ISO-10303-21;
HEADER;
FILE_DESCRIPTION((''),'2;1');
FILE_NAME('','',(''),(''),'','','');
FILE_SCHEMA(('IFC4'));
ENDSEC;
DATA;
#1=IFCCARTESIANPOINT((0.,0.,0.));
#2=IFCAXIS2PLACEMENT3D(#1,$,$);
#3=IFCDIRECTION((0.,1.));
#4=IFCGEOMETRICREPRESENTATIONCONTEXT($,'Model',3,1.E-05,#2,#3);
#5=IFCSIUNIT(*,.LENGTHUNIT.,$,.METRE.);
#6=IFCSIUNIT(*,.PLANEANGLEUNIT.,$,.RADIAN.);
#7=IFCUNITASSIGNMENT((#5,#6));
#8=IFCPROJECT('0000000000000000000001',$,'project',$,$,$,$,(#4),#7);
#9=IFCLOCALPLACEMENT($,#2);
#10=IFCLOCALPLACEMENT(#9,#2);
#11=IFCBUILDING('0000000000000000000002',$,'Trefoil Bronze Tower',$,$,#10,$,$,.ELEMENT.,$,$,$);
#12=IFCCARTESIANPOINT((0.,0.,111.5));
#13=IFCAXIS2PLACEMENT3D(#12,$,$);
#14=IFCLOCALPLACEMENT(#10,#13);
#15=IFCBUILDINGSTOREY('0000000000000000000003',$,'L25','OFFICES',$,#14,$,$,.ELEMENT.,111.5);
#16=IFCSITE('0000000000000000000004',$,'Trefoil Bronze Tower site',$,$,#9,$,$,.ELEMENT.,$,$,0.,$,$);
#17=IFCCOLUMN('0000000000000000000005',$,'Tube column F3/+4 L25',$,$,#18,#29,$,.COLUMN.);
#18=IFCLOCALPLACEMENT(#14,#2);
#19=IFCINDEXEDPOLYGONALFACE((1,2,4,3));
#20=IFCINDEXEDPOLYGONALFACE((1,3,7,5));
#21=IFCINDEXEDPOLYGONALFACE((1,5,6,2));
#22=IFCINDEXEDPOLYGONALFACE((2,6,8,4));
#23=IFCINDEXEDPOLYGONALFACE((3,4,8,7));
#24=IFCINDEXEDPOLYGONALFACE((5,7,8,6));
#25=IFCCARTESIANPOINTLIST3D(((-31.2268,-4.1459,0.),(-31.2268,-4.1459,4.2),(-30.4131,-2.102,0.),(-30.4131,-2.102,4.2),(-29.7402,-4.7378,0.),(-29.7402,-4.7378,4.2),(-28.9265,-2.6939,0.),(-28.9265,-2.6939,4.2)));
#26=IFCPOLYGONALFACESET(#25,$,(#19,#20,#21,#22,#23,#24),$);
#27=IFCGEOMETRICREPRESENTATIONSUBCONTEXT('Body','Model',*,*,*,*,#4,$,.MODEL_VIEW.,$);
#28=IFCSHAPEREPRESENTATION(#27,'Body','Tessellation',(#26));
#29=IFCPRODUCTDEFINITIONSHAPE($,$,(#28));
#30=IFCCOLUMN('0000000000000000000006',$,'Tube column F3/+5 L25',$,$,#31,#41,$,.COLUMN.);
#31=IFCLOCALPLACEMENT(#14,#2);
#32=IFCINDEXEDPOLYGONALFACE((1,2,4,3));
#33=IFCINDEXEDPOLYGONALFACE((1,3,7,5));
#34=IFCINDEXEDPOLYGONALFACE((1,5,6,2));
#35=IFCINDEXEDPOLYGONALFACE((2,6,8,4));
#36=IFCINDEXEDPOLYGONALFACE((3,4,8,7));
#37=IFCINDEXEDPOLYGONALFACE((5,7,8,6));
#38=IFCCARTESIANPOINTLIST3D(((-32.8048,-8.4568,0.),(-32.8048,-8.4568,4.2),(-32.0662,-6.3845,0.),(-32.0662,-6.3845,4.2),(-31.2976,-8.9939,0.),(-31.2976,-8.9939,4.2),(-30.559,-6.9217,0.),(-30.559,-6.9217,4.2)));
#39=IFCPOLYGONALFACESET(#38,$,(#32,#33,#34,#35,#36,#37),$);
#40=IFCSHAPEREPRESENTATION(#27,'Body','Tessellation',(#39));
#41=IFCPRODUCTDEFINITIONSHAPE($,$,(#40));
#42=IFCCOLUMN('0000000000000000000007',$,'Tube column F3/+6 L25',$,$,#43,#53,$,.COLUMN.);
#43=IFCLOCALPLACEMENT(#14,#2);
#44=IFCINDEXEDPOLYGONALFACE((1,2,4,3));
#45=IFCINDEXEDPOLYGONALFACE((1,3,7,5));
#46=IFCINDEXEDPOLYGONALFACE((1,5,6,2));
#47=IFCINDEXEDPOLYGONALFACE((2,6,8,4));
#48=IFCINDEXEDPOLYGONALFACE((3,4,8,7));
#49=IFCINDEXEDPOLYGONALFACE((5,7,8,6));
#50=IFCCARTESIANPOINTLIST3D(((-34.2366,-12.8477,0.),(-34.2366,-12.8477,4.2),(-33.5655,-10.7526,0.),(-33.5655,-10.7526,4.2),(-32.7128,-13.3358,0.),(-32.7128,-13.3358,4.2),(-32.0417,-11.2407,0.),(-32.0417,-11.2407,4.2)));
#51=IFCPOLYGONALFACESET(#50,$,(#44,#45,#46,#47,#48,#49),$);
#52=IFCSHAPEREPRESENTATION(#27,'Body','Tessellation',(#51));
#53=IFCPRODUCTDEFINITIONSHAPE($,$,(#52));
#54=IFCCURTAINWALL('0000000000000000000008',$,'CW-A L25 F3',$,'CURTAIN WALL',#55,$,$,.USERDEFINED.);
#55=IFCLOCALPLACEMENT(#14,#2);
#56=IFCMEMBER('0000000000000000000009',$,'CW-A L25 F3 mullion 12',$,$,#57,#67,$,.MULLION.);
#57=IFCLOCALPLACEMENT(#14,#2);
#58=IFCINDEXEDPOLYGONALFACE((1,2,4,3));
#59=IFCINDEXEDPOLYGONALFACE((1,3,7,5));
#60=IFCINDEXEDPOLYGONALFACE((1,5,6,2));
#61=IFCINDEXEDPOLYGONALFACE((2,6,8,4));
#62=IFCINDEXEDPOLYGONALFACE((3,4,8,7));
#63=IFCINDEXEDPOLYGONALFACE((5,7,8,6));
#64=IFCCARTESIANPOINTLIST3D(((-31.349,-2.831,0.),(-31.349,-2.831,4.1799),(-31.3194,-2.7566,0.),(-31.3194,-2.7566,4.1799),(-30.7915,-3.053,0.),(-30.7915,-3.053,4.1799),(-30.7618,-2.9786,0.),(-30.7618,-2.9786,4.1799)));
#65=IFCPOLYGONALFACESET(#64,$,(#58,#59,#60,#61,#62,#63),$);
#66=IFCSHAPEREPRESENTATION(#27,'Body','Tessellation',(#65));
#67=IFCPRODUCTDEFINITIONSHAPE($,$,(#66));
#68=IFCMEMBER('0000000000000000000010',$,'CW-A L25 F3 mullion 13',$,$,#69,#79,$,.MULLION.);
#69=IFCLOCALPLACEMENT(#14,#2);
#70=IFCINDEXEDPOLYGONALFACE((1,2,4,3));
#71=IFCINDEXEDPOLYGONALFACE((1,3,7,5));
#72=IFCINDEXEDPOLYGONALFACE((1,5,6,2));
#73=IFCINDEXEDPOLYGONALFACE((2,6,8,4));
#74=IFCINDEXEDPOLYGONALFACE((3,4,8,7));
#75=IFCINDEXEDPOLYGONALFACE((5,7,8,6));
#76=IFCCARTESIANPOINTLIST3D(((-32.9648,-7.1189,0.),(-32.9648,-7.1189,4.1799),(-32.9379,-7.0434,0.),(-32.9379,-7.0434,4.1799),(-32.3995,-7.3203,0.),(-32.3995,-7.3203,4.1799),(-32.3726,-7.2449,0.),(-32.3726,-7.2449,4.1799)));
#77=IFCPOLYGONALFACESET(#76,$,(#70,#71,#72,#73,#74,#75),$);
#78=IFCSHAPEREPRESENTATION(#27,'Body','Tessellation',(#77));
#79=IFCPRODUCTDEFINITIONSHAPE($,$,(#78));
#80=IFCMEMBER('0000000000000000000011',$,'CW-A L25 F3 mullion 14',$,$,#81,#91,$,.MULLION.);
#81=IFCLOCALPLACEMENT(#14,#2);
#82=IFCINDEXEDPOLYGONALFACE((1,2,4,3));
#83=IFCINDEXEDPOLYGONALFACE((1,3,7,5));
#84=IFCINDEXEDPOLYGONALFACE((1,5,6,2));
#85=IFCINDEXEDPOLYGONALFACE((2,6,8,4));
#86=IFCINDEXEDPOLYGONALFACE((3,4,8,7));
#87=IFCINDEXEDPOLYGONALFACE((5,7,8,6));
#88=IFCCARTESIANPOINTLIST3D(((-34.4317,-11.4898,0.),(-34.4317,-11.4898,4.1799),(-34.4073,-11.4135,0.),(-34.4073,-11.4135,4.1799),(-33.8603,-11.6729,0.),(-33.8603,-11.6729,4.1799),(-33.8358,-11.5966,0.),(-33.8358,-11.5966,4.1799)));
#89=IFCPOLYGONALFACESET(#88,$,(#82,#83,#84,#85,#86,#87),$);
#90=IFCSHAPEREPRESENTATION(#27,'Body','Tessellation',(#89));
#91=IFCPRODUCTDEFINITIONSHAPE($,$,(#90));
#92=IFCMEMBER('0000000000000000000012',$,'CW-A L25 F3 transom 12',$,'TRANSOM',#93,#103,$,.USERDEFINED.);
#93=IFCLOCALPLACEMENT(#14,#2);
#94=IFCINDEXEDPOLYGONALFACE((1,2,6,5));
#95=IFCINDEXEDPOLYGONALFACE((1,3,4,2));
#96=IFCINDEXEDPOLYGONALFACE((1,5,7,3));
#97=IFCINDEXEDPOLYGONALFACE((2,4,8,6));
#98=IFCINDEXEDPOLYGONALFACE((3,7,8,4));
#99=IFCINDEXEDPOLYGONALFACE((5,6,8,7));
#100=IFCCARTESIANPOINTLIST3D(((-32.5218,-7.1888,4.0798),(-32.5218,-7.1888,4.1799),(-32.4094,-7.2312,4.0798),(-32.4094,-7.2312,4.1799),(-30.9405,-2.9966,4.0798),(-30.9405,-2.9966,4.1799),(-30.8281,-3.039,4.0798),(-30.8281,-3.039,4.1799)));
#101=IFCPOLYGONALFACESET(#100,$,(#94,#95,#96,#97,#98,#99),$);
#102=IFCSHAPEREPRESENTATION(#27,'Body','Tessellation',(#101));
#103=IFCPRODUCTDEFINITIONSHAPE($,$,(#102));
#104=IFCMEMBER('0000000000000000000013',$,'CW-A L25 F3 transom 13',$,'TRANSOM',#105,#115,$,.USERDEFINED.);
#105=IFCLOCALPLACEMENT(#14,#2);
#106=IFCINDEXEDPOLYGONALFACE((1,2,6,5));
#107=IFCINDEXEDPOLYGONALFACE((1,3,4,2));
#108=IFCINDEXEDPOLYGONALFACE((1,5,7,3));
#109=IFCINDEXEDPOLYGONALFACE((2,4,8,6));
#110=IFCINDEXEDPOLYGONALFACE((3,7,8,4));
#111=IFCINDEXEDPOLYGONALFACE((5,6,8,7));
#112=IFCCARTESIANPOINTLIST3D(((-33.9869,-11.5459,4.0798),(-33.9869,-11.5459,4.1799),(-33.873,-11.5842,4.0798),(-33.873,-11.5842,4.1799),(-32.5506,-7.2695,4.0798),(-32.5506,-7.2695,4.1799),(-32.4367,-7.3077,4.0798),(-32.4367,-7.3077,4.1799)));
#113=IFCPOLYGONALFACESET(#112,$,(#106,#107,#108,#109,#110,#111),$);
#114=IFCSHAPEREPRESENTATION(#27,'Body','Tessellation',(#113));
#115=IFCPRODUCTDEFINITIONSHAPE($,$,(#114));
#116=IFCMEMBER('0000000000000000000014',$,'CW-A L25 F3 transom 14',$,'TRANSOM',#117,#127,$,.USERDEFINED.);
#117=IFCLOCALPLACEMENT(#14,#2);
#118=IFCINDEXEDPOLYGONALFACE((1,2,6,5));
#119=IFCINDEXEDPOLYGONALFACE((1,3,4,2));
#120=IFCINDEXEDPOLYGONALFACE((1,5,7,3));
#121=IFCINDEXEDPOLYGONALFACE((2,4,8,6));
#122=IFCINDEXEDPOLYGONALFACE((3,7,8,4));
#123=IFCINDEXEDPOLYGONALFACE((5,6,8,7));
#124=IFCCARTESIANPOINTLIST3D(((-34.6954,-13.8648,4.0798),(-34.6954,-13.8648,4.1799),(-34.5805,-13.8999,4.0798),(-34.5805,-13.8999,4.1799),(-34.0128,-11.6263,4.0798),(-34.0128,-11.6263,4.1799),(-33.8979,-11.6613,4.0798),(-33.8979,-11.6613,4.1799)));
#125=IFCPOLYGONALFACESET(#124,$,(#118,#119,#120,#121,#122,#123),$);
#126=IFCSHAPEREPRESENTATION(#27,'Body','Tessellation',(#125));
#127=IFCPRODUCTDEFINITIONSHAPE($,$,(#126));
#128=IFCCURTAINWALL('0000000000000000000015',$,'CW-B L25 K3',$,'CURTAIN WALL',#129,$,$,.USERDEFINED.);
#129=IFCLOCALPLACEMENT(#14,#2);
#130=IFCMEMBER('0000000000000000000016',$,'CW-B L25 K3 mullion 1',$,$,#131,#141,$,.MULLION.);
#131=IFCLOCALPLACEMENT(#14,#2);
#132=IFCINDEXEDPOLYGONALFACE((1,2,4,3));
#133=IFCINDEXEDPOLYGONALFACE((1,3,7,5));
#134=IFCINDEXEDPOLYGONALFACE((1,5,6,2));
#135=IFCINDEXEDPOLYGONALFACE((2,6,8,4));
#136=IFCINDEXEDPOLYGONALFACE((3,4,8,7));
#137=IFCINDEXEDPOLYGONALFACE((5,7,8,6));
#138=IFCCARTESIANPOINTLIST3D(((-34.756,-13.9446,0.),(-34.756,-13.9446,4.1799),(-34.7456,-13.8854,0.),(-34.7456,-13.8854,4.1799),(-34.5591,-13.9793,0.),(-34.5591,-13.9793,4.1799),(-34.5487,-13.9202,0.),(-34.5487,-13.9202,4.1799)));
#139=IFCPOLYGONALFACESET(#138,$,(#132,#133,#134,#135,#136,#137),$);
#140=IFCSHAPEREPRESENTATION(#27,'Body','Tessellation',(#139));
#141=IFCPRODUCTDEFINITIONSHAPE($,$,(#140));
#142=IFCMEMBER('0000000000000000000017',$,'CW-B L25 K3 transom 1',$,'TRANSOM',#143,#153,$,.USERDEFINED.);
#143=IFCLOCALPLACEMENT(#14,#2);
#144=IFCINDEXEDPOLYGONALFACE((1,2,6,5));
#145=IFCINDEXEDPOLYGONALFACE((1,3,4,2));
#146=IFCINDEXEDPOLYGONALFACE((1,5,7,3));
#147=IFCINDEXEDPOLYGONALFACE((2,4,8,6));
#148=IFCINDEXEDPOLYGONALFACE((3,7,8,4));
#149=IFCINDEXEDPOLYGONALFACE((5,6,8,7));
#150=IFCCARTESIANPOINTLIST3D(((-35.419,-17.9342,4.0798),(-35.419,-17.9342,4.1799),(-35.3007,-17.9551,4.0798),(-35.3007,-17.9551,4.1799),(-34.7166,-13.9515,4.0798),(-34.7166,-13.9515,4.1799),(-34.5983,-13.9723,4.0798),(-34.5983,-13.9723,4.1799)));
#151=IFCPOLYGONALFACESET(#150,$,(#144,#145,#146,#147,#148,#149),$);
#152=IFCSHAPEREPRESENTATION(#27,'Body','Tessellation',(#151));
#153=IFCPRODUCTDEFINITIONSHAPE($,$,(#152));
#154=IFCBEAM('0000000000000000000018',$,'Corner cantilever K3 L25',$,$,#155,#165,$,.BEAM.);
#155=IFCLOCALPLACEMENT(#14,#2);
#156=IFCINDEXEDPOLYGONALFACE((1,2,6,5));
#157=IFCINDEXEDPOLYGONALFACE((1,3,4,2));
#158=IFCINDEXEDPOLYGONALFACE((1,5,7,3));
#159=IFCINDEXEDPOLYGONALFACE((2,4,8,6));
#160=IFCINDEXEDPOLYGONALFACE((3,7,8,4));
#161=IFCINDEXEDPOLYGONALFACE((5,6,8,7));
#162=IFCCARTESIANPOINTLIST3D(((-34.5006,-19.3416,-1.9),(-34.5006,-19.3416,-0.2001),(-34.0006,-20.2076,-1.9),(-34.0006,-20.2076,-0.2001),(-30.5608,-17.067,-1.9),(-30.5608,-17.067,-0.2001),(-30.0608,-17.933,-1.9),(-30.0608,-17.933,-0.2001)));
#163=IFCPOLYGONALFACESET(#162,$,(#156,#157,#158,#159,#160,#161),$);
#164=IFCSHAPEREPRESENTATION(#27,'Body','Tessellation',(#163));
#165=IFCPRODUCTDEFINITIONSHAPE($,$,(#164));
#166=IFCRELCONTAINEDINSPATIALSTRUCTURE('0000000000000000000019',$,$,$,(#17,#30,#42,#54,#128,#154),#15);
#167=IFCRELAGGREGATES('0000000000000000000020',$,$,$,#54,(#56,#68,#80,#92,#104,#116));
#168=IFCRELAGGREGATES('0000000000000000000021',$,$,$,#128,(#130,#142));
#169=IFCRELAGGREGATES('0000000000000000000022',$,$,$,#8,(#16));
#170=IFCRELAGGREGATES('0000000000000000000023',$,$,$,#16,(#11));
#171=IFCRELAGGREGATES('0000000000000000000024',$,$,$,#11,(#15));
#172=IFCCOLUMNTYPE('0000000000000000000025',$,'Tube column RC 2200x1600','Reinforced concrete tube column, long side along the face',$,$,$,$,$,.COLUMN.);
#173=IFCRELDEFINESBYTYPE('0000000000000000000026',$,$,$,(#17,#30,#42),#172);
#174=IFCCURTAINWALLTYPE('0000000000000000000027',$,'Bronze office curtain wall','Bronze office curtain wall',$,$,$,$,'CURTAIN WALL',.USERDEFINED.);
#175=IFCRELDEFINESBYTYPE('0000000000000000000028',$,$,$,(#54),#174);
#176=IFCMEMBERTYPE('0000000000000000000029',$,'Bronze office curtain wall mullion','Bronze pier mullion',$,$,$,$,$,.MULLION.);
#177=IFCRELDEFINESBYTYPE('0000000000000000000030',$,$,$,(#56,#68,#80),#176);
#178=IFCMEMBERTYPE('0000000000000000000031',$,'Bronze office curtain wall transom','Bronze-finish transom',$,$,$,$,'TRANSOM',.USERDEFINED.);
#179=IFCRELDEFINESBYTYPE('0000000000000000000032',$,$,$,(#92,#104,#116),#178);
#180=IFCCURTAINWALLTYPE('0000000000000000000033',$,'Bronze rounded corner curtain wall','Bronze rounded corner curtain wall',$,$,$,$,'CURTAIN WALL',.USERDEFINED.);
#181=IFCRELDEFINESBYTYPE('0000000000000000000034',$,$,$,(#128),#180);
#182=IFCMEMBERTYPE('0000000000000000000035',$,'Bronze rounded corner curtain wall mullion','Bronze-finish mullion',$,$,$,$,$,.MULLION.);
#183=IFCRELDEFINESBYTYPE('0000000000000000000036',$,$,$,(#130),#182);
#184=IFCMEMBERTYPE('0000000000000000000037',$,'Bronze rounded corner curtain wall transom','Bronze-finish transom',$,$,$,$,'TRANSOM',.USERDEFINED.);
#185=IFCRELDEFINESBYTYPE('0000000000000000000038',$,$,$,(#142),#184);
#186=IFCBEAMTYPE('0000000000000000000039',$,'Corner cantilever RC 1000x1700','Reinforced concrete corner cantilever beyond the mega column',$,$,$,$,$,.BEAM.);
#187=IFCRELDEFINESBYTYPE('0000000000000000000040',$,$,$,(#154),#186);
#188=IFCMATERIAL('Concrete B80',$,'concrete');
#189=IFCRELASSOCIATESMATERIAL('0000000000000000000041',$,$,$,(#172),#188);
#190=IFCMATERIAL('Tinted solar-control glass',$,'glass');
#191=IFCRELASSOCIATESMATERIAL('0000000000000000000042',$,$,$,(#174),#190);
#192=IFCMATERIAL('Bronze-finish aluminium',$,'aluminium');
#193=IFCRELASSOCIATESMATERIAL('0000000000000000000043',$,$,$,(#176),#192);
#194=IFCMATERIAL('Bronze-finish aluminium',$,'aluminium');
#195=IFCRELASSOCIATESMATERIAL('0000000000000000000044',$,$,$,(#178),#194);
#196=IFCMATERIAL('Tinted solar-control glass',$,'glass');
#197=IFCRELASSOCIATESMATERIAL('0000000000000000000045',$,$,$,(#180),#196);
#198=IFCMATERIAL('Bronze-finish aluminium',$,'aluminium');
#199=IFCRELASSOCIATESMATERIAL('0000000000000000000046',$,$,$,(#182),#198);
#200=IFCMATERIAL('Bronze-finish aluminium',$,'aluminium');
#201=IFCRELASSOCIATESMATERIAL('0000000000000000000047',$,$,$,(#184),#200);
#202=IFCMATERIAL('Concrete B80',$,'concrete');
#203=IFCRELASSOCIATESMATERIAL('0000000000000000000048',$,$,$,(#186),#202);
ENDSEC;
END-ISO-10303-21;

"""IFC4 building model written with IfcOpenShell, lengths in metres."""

from ifc_helpers import new_model, si_unit, direction, frame, origin, origin_2d, place, context, subcontext, project, spatial, rectangle, extrude, material, material_profile, profile_set, type_object, element, aggregate, save


model = new_model("IFC4")

# Units and contexts
model_context = context("Model", 3, precision=1e-05, world=origin(), true_north=direction((0.0, 1.0)))
body_context = subcontext(model_context, "Body", "Model", "MODEL_VIEW")
ifc_project = project(units=[si_unit("LENGTHUNIT", "METRE"), si_unit("PLANEANGLEUNIT", "RADIAN")], contexts=[model_context])

# Site, building, storey
site_placement = place(None, origin())
site = spatial("IfcSite", under=ifc_project, at=site_placement, Name="Trefoil Bronze Tower site", CompositionType="ELEMENT", RefElevation=0.0)
building_placement = place(site_placement, origin())
building = spatial("IfcBuilding", under=site, at=building_placement, Name="Trefoil Bronze Tower", CompositionType="ELEMENT")
storey_placement = place(building_placement, frame((0.0, 0.0, 111.5)))
storey = spatial("IfcBuildingStorey", under=building, at=storey_placement, Name="L25", Description="OFFICES", CompositionType="ELEMENT", Elevation=111.5)

# Columns
ifc_material_1 = material(Name="Concrete B80", Category="concrete")
ifc_material_profile_1 = material_profile(ifc_material_1, rectangle(XDim=2.2, YDim=1.6001, at=origin_2d()), Name="RC 2200x1600")
ifc_profile_set_1 = profile_set([ifc_material_profile_1], Name="Concrete B80")
column_type = type_object("IfcColumnType", Name="Tube column RC 2200x1600", Description="Reinforced concrete tube column, long side along the face", PredefinedType="COLUMN", material=ifc_profile_set_1)
for number, where, z_axis, x_axis, name in (
    (1, (-30.0767, -3.4199, 0.0), (0.0, 0.0, 1.0), (-0.369901, -0.929071, 0.0), "Tube column F3/+4 L25"),
    (2, (-31.6819, -7.6892, 0.0), (0.0, 0.0, 1.0), (-0.335718, -0.941963, 0.0), "Tube column F3/+5 L25"),
    (3, (-33.1392, -12.0442, 0.0), (0.0, 0.0, 1.0), (-0.305066, -0.952331, 0.0), "Tube column F3/+6 L25"),
):
    element("IfcColumn", number, at=place(storey_placement, frame(where, z_axis=z_axis, x_axis=x_axis)), inside=storey, type_object=column_type, Name=name, PredefinedType="COLUMN", context=body_context, shape_type="SweptSolid", body=[
        extrude(rectangle(XDim=2.2, YDim=1.6001, at=origin_2d()), origin(), (0.0, 0.0, 1.0), 4.2),
    ])

# Curtain walls, members
ifc_material_2 = material(Name="Tinted solar-control glass", Category="glass")
curtain_wall_type_1 = type_object("IfcCurtainWallType", Name="Bronze office curtain wall", Description="Bronze office curtain wall", ElementType="CURTAIN WALL", PredefinedType="USERDEFINED", material=ifc_material_2)
curtain_wall_1_placement = place(storey_placement, origin())
curtain_wall_1 = element("IfcCurtainWall", 4, at=curtain_wall_1_placement, inside=storey, type_object=curtain_wall_type_1, Name="CW-A L25 F3", ObjectType="CURTAIN WALL", PredefinedType="USERDEFINED")
ifc_material_3 = material(Name="Bronze-finish aluminium", Category="aluminium")
ifc_material_profile_2 = material_profile(ifc_material_3, rectangle(XDim=0.6001, YDim=0.0801, at=origin_2d()), Name="CW-A mullion")
ifc_profile_set_2 = profile_set([ifc_material_profile_2], Name="Bronze-finish aluminium")
member_type_1 = type_object("IfcMemberType", Name="Bronze office curtain wall mullion", Description="Bronze pier mullion", PredefinedType="MULLION", material=ifc_profile_set_2)
member_1_placement = place(storey_placement, frame((-31.0554, -2.9048, 0.0), z_axis=(0.0, 0.0, 1.0), x_axis=(0.929071, -0.369901, 0.0)))
member_1 = element("IfcMember", 5, at=member_1_placement, type_object=member_type_1, Name="CW-A L25 F3 mullion 12", PredefinedType="MULLION", context=body_context, shape_type="SweptSolid", body=[
    extrude(rectangle(XDim=0.6001, YDim=0.0801, at=origin_2d()), origin(), (0.0, 0.0, 1.0), 4.1799),
])
member_2_placement = place(storey_placement, frame((-32.6687, -7.1819, 0.0), z_axis=(0.0, 0.0, 1.0), x_axis=(0.941963, -0.335718, 0.0)))
member_2 = element("IfcMember", 6, at=member_2_placement, type_object=member_type_1, Name="CW-A L25 F3 mullion 13", PredefinedType="MULLION", context=body_context, shape_type="SweptSolid", body=[
    extrude(rectangle(XDim=0.6001, YDim=0.0801, at=origin_2d()), origin(), (0.0, 0.0, 1.0), 4.1799),
])
member_3_placement = place(storey_placement, frame((-34.1338, -11.5432, 0.0), z_axis=(0.0, 0.0, 1.0), x_axis=(0.952331, -0.305066, 0.0)))
member_3 = element("IfcMember", 7, at=member_3_placement, type_object=member_type_1, Name="CW-A L25 F3 mullion 14", PredefinedType="MULLION", context=body_context, shape_type="SweptSolid", body=[
    extrude(rectangle(XDim=0.6001, YDim=0.0801, at=origin_2d()), origin(), (0.0, 0.0, 1.0), 4.1799),
])
ifc_material_4 = material(Name="Bronze-finish aluminium", Category="aluminium")
ifc_material_profile_3 = material_profile(ifc_material_4, rectangle(XDim=0.1201, YDim=0.1001, at=origin_2d()), Name="CW-A transom")
ifc_profile_set_3 = profile_set([ifc_material_profile_3], Name="Bronze-finish aluminium")
member_type_2 = type_object("IfcMemberType", Name="Bronze office curtain wall transom", Description="Bronze-finish transom", ElementType="TRANSOM", PredefinedType="USERDEFINED", material=ifc_profile_set_3)
member_4_placement = place(storey_placement, frame((-30.8843, -3.0178, 4.1299), z_axis=(-0.352932, -0.935649, 0.0), x_axis=(0.935649, -0.352932, 0.0)))
member_4 = element("IfcMember", 8, at=member_4_placement, type_object=member_type_2, Name="CW-A L25 F3 transom 12", ObjectType="TRANSOM", PredefinedType="USERDEFINED", context=body_context, shape_type="SweptSolid", body=[
    extrude(rectangle(XDim=0.1201, YDim=0.1001, at=origin_2d()), origin(), (0.0, 0.0, 1.0), 4.4805),
])
member_5_placement = place(storey_placement, frame((-32.4937, -7.2886, 4.1299), z_axis=(-0.318386, -0.947961, 0.0), x_axis=(0.947961, -0.318386, 0.0)))
member_5 = element("IfcMember", 9, at=member_5_placement, type_object=member_type_2, Name="CW-A L25 F3 transom 13", ObjectType="TRANSOM", PredefinedType="USERDEFINED", context=body_context, shape_type="SweptSolid", body=[
    extrude(rectangle(XDim=0.1201, YDim=0.1001, at=origin_2d()), origin(), (0.0, 0.0, 1.0), 4.5112),
])
member_6_placement = place(storey_placement, frame((-33.9553, -11.6438, 4.1299), z_axis=(-0.29168, -0.956516, 0.0), x_axis=(0.956516, -0.29168, 0.0)))
member_6 = element("IfcMember", 10, at=member_6_placement, type_object=member_type_2, Name="CW-A L25 F3 transom 14", ObjectType="TRANSOM", PredefinedType="USERDEFINED", context=body_context, shape_type="SweptSolid", body=[
    extrude(rectangle(XDim=0.1201, YDim=0.1001, at=origin_2d()), origin(), (0.0, 0.0, 1.0), 2.3403),
])
ifc_material_5 = material(Name="Tinted solar-control glass", Category="glass")
curtain_wall_type_2 = type_object("IfcCurtainWallType", Name="Bronze rounded corner curtain wall", Description="Bronze rounded corner curtain wall", ElementType="CURTAIN WALL", PredefinedType="USERDEFINED", material=ifc_material_5)
curtain_wall_2_placement = place(storey_placement, origin())
curtain_wall_2 = element("IfcCurtainWall", 11, at=curtain_wall_2_placement, inside=storey, type_object=curtain_wall_type_2, Name="CW-B L25 K3", ObjectType="CURTAIN WALL", PredefinedType="USERDEFINED")
ifc_material_6 = material(Name="Bronze-finish aluminium", Category="aluminium")
ifc_material_profile_4 = material_profile(ifc_material_6, rectangle(XDim=0.2, YDim=0.0601, at=origin_2d()), Name="CW-B mullion")
ifc_profile_set_4 = profile_set([ifc_material_profile_4], Name="Bronze-finish aluminium")
member_type_3 = type_object("IfcMemberType", Name="Bronze rounded corner curtain wall mullion", Description="Bronze-finish mullion", PredefinedType="MULLION", material=ifc_profile_set_4)
member_7_placement = place(storey_placement, frame((-34.6523, -13.9324, 0.0), z_axis=(0.0, 0.0, 1.0), x_axis=(0.984808, -0.173648, 0.0)))
member_7 = element("IfcMember", 12, at=member_7_placement, type_object=member_type_3, Name="CW-B L25 K3 mullion 1", PredefinedType="MULLION", context=body_context, shape_type="SweptSolid", body=[
    extrude(rectangle(XDim=0.2, YDim=0.0601, at=origin_2d()), origin(), (0.0, 0.0, 1.0), 4.1799),
])
ifc_material_7 = material(Name="Bronze-finish aluminium", Category="aluminium")
ifc_material_profile_5 = material_profile(ifc_material_7, rectangle(XDim=0.1201, YDim=0.1001, at=origin_2d()), Name="CW-B transom")
ifc_profile_set_5 = profile_set([ifc_material_profile_5], Name="Bronze-finish aluminium")
member_type_4 = type_object("IfcMemberType", Name="Bronze rounded corner curtain wall transom", Description="Bronze-finish transom", ElementType="TRANSOM", PredefinedType="USERDEFINED", material=ifc_profile_set_5)
member_8_placement = place(storey_placement, frame((-34.6575, -13.9619, 4.1299), z_axis=(-0.173682, -0.984802, 0.0), x_axis=(0.984802, -0.173682, 0.0)))
member_8 = element("IfcMember", 13, at=member_8_placement, type_object=member_type_4, Name="CW-B L25 K3 transom 1", ObjectType="TRANSOM", PredefinedType="USERDEFINED", context=body_context, shape_type="SweptSolid", body=[
    extrude(rectangle(XDim=0.1201, YDim=0.1001, at=origin_2d()), origin(), (0.0, 0.0, 1.0), 4.0442),
])

# Beam
ifc_material_8 = material(Name="Concrete B80", Category="concrete")
ifc_material_profile_6 = material_profile(ifc_material_8, rectangle(XDim=1.0, YDim=1.7, at=origin_2d()), Name="RC 1000x1700")
ifc_profile_set_6 = profile_set([ifc_material_profile_6], Name="Concrete B80")
beam_type_1 = type_object("IfcBeamType", Name="Corner cantilever RC 1000x1700", Description="Reinforced concrete corner cantilever beyond the mega column", PredefinedType="BEAM", material=ifc_profile_set_6)
beam_1_placement = place(storey_placement, frame((-30.3108, -17.5, -1.05), z_axis=(-0.866032, -0.499989, 0.0), x_axis=(0.499989, -0.866032, 0.0)))
element("IfcBeam", 14, at=beam_1_placement, inside=storey, type_object=beam_type_1, Name="Corner cantilever K3 L25", PredefinedType="BEAM", context=body_context, shape_type="SweptSolid", body=[
    extrude(rectangle(XDim=1.0, YDim=1.7, at=origin_2d()), origin(), (0.0, 0.0, 1.0), 4.5493),
])

aggregate(curtain_wall_1, [member_1, member_2, member_3, member_4, member_5, member_6])
aggregate(curtain_wall_2, [member_7, member_8])

save(model, "model.ifc")
